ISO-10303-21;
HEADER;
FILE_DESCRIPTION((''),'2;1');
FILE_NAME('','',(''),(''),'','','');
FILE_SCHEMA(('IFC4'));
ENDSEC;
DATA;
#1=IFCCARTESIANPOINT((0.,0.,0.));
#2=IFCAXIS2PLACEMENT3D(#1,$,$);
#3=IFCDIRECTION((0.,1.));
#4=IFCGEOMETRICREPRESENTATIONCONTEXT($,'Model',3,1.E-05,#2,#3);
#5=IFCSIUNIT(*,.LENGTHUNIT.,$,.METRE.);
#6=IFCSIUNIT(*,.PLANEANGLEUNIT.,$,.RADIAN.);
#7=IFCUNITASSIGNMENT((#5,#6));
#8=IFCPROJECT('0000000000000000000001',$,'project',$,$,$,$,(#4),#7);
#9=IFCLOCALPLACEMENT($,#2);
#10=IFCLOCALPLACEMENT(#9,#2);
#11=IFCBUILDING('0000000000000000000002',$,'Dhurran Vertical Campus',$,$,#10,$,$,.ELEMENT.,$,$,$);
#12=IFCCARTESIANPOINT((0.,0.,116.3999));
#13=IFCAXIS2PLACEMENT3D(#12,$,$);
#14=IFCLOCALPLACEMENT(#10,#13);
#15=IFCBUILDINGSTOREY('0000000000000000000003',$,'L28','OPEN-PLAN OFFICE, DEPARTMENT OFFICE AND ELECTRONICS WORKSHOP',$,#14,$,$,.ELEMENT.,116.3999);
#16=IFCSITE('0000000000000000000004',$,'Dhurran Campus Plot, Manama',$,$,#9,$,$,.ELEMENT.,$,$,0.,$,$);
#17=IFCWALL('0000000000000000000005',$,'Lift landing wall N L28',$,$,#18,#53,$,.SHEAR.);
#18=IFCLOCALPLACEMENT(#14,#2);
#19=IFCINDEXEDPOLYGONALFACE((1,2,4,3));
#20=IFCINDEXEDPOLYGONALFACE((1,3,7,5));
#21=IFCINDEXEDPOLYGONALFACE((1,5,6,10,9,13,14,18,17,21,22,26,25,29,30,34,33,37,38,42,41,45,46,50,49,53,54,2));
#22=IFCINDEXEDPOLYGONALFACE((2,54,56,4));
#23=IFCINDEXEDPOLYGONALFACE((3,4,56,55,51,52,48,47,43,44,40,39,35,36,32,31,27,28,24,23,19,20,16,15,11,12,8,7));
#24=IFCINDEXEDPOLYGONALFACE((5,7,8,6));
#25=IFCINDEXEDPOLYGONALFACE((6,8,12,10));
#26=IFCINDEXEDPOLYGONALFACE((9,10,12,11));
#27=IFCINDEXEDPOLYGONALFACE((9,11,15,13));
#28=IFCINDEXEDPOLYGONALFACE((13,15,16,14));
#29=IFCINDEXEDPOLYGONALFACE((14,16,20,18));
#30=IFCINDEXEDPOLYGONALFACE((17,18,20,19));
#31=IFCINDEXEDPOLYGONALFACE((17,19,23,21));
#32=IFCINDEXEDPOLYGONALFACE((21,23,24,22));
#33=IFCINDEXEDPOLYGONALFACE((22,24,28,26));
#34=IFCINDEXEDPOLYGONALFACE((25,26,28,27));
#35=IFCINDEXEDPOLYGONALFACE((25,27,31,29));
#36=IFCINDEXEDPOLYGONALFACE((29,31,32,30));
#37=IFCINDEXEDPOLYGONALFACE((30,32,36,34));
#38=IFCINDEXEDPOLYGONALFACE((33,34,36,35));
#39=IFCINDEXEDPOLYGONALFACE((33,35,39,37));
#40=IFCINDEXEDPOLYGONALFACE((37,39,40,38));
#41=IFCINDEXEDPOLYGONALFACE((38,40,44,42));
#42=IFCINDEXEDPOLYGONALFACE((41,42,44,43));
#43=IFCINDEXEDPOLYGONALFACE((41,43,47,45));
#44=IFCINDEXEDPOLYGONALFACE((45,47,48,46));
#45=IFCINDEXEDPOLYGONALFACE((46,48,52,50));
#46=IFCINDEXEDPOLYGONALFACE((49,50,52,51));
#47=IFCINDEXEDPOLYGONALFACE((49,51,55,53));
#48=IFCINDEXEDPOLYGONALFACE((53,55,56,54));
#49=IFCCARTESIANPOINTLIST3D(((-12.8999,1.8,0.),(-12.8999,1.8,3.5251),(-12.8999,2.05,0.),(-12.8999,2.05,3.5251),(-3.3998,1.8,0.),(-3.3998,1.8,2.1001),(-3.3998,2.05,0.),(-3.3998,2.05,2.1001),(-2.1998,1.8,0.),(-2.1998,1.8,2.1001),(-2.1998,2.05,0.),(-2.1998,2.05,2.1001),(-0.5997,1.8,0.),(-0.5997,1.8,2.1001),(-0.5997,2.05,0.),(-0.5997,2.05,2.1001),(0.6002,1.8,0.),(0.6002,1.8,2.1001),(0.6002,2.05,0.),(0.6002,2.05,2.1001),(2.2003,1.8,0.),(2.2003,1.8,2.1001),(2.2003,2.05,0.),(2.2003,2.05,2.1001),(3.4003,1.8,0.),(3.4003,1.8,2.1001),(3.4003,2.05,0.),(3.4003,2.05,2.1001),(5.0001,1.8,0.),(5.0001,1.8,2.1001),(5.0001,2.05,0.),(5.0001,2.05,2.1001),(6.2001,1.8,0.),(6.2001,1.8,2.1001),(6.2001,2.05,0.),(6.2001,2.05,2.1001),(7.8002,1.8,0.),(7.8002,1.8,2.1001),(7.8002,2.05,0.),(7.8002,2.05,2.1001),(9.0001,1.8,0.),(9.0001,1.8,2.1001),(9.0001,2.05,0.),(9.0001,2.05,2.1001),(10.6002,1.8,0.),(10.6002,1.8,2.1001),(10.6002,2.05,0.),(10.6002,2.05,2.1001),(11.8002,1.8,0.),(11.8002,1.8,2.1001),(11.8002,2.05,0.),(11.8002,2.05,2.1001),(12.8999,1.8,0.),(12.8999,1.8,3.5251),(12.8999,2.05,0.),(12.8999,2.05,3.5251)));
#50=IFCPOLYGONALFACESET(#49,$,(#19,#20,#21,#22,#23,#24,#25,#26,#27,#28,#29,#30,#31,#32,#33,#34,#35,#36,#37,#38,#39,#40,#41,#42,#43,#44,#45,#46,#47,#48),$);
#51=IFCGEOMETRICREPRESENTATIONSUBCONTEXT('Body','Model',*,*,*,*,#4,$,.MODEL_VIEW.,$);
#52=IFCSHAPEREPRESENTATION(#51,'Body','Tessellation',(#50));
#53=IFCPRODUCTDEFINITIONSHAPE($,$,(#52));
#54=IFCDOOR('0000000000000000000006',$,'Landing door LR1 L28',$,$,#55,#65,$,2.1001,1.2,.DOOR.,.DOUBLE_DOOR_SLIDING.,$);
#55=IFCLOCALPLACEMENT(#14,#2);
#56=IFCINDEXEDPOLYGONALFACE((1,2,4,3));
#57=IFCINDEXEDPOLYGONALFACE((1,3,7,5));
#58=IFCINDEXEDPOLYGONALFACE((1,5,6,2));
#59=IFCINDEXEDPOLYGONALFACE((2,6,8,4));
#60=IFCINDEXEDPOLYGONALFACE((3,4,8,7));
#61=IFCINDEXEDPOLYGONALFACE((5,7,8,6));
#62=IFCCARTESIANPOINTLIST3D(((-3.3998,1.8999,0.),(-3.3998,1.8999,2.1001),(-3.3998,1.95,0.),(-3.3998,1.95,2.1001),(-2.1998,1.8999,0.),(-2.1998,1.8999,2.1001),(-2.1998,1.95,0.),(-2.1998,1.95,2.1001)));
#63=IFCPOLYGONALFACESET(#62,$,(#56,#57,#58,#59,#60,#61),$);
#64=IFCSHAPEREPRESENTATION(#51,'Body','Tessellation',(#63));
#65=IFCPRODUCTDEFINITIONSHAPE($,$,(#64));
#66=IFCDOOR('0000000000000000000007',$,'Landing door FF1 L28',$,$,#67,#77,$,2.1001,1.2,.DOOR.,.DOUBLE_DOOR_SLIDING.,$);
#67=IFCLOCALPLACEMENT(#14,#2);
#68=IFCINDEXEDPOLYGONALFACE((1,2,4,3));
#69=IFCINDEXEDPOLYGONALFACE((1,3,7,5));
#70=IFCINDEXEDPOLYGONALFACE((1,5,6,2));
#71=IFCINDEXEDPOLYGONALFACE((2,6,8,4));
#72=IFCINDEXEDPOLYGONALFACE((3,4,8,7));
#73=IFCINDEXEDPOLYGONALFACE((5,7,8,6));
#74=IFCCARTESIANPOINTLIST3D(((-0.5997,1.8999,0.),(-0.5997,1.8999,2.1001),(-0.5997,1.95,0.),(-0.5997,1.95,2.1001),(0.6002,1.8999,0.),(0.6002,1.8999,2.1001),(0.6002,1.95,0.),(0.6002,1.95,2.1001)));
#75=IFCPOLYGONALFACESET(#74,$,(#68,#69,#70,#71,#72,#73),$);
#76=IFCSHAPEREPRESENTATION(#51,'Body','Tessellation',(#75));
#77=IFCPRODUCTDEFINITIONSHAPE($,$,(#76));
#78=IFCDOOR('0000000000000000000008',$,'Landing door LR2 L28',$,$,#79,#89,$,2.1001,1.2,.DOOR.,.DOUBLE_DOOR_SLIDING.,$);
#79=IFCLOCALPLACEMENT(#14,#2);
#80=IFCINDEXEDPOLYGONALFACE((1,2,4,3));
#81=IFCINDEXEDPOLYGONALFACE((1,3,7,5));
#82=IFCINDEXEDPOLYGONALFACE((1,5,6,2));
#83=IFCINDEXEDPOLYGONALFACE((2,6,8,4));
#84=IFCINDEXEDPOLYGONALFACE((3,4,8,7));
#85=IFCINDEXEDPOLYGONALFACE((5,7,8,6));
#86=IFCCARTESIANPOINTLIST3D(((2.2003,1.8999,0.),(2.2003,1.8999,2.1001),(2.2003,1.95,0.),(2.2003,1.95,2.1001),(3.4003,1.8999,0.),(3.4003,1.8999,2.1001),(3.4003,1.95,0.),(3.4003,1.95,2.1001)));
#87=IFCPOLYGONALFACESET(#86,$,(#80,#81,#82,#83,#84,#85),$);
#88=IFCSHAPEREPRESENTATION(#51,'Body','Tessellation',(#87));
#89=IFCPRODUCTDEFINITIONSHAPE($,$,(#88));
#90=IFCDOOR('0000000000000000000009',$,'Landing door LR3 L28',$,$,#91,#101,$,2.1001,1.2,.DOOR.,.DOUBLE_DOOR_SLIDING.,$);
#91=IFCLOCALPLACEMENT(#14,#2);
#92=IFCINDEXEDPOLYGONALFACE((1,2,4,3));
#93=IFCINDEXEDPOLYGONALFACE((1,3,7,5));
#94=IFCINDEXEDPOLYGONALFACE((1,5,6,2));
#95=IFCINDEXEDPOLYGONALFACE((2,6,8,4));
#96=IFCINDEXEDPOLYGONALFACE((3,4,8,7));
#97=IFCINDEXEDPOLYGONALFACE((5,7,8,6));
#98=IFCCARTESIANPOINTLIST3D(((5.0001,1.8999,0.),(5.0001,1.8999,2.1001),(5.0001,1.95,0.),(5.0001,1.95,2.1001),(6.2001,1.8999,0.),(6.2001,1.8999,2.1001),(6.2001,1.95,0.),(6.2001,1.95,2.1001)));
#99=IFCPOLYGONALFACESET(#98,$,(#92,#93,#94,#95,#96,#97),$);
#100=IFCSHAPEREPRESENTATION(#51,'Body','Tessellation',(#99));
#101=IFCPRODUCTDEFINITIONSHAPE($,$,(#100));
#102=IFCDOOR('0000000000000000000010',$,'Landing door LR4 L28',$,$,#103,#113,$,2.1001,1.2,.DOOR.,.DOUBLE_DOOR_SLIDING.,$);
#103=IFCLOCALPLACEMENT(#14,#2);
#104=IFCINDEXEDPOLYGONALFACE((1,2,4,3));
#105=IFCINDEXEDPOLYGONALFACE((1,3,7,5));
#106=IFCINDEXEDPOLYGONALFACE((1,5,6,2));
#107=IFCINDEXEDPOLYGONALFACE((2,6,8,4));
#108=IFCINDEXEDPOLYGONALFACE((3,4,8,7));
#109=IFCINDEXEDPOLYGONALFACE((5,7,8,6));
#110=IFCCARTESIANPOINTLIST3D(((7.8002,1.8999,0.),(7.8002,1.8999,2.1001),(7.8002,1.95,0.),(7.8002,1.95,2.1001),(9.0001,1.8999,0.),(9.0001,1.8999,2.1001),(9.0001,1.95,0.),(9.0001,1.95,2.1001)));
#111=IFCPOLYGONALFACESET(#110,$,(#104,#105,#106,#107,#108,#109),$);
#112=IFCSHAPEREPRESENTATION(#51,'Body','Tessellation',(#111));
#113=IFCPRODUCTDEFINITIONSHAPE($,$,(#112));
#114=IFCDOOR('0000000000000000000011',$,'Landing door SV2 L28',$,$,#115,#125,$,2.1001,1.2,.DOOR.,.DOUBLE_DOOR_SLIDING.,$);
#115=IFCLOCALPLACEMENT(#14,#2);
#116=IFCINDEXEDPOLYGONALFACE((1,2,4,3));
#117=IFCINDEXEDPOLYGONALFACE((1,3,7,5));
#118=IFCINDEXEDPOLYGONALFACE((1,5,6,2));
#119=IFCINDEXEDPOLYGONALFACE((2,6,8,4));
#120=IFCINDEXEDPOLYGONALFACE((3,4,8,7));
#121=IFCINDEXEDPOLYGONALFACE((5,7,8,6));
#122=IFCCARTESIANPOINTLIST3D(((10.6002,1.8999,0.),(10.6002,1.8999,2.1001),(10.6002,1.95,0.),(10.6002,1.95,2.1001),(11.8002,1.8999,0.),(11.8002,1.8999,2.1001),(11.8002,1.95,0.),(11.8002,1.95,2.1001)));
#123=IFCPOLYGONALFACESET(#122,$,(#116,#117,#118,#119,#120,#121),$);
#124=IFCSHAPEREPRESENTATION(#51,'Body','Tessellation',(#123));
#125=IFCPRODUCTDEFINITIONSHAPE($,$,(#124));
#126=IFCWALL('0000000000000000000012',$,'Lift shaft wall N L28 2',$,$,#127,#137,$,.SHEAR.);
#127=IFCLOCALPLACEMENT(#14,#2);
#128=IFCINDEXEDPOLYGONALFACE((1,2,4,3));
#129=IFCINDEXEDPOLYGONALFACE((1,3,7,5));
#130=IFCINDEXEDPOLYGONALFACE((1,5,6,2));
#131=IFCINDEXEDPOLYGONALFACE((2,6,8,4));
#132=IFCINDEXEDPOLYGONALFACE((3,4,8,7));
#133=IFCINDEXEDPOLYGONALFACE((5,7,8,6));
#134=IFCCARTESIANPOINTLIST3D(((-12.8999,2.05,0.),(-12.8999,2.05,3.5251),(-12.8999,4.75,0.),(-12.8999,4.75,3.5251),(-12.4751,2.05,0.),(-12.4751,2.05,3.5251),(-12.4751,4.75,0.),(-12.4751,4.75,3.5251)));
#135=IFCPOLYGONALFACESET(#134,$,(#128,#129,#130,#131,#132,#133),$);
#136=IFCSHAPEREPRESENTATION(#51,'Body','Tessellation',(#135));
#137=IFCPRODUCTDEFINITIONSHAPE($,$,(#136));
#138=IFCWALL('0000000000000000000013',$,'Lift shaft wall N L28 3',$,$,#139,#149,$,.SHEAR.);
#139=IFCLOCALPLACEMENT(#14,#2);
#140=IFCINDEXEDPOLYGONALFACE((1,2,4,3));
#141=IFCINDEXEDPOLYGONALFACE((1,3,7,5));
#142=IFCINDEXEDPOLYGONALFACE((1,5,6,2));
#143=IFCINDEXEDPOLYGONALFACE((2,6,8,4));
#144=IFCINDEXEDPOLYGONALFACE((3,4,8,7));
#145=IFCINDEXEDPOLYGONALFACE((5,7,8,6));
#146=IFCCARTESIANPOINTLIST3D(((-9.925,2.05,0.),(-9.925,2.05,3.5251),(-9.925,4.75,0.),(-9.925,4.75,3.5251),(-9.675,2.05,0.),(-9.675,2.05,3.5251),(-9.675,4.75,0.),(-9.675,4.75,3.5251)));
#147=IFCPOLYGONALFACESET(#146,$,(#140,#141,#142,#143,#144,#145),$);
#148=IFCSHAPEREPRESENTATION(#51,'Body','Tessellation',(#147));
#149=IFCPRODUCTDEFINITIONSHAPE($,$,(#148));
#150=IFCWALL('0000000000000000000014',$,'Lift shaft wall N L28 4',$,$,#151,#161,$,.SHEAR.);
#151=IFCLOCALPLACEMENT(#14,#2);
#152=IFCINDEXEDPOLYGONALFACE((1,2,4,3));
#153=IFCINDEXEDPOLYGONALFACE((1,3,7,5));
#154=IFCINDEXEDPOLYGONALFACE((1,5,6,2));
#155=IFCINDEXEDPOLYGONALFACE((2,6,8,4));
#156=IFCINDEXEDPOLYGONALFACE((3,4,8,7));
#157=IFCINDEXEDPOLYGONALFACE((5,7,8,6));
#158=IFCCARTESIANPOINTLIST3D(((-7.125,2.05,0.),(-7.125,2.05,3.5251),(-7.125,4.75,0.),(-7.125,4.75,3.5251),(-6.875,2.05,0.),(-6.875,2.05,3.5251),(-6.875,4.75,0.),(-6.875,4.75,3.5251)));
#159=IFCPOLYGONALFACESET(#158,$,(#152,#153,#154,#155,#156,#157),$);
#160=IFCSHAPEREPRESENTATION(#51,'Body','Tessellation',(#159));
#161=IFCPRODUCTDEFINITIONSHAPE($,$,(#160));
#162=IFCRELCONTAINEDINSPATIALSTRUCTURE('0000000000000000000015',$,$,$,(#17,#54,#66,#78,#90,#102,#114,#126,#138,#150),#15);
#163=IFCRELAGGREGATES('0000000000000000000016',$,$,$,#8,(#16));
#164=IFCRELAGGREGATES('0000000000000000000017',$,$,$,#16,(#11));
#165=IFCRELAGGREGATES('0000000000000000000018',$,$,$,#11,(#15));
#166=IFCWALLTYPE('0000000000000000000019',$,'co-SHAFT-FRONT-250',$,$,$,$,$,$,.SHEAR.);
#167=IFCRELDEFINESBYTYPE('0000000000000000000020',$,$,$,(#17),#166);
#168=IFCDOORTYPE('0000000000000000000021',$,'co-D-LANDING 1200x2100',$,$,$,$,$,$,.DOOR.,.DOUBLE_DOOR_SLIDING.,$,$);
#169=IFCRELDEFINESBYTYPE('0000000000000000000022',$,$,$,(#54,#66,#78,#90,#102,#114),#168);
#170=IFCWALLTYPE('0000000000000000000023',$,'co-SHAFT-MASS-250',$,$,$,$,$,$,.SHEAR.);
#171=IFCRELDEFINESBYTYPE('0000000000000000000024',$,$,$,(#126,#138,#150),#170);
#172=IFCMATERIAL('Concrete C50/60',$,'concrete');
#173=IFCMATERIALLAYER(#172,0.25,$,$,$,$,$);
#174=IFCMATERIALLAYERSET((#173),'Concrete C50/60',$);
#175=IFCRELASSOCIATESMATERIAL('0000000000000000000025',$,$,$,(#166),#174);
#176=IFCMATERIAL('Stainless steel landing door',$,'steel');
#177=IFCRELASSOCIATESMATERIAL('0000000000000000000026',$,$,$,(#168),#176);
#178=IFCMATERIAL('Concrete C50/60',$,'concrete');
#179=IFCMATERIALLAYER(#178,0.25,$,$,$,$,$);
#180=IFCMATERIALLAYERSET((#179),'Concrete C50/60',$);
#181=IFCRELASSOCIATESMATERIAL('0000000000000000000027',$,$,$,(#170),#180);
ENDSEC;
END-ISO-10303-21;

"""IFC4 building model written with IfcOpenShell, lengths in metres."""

from ifc_helpers import new_model, si_unit, direction, frame, frame_2d, origin, place, context, subcontext, project, spatial, polyline, rectangle, outline, extrude, material, layer, layer_set, type_object, element, fill, save


model = new_model("IFC4")

# Units and contexts
model_context = context("Model", 3, precision=1e-05, world=origin(), true_north=direction((0.0, 1.0)))
body_context = subcontext(model_context, "Body", "Model", "MODEL_VIEW")
ifc_project = project(units=[si_unit("LENGTHUNIT", "METRE"), si_unit("PLANEANGLEUNIT", "RADIAN")], contexts=[model_context])

# Site, building, storey
site_placement = place(None, origin())
site = spatial("IfcSite", under=ifc_project, at=site_placement, Name="Dhurran Campus Plot, Manama", CompositionType="ELEMENT", RefElevation=0.0)
building_placement = place(site_placement, origin())
building = spatial("IfcBuilding", under=site, at=building_placement, Name="Dhurran Vertical Campus", CompositionType="ELEMENT")
storey_placement = place(building_placement, frame((0.0, 0.0, 116.3999)))
storey = spatial("IfcBuildingStorey", under=building, at=storey_placement, Name="L28", Description="OPEN-PLAN OFFICE, DEPARTMENT OFFICE AND ELECTRONICS WORKSHOP", CompositionType="ELEMENT", Elevation=116.3999)

# Wall, openings, doors
ifc_material_1 = material(Name="Concrete C50/60", Category="concrete")
ifc_layer_1 = layer(ifc_material_1, 0.25)
ifc_layer_set_1 = layer_set([ifc_layer_1], Name="Concrete C50/60")
wall_type_1 = type_object("IfcWallType", Name="co-SHAFT-FRONT-250", PredefinedType="SHEAR", material=ifc_layer_set_1)
wall_1_placement = place(storey_placement, frame((-12.8999, 1.925, 0.0), z_axis=(0.0, 0.0, 1.0), x_axis=(1.0, 0.0, 0.0)))
wall_1 = element("IfcWall", 1, at=wall_1_placement, inside=storey, type_object=wall_type_1, Name="Lift landing wall N L28", PredefinedType="SHEAR", context=body_context, shape_type="SweptSolid", body=[
    extrude(rectangle(XDim=25.7998, YDim=0.25, at=frame_2d((12.8999, 0.0))), origin(), (0.0, 0.0, 1.0), 3.5251),
])
opening_1_placement = place(wall_1_placement, frame((9.5, 0.0, 0.0)))
opening_1 = element("IfcOpeningElement", 2, at=opening_1_placement, cuts=wall_1, PredefinedType="OPENING", context=body_context, shape_type="SweptSolid", body=[
    extrude(rectangle(XDim=1.2, YDim=2.1001, at=frame_2d((0.6001, 1.05))), frame((0.0, 0.135, 0.0), z_axis=(0.0, -1.0, 0.0), x_axis=(1.0, 0.0, 0.0)), (0.0, 0.0, 1.0), 0.27),
])
opening_2_placement = place(wall_1_placement, frame((12.3, 0.0, 0.0)))
opening_2 = element("IfcOpeningElement", 3, at=opening_2_placement, cuts=wall_1, PredefinedType="OPENING", context=body_context, shape_type="SweptSolid", body=[
    extrude(rectangle(XDim=1.2, YDim=2.1001, at=frame_2d((0.6001, 1.05))), frame((0.0, 0.135, 0.0), z_axis=(0.0, -1.0, 0.0), x_axis=(1.0, 0.0, 0.0)), (0.0, 0.0, 1.0), 0.27),
])
opening_3_placement = place(wall_1_placement, frame((15.1001, 0.0, 0.0)))
opening_3 = element("IfcOpeningElement", 4, at=opening_3_placement, cuts=wall_1, PredefinedType="OPENING", context=body_context, shape_type="SweptSolid", body=[
    extrude(rectangle(XDim=1.2, YDim=2.1001, at=frame_2d((0.6001, 1.05))), frame((0.0, 0.135, 0.0), z_axis=(0.0, -1.0, 0.0), x_axis=(1.0, 0.0, 0.0)), (0.0, 0.0, 1.0), 0.27),
])
opening_4_placement = place(wall_1_placement, frame((17.8999, 0.0, 0.0)))
opening_4 = element("IfcOpeningElement", 5, at=opening_4_placement, cuts=wall_1, PredefinedType="OPENING", context=body_context, shape_type="SweptSolid", body=[
    extrude(rectangle(XDim=1.2, YDim=2.1001, at=frame_2d((0.6001, 1.05))), frame((0.0, 0.135, 0.0), z_axis=(0.0, -1.0, 0.0), x_axis=(1.0, 0.0, 0.0)), (0.0, 0.0, 1.0), 0.27),
])
opening_5_placement = place(wall_1_placement, frame((20.7, 0.0, 0.0)))
opening_5 = element("IfcOpeningElement", 6, at=opening_5_placement, cuts=wall_1, PredefinedType="OPENING", context=body_context, shape_type="SweptSolid", body=[
    extrude(rectangle(XDim=1.2, YDim=2.1001, at=frame_2d((0.6001, 1.05))), frame((0.0, 0.135, 0.0), z_axis=(0.0, -1.0, 0.0), x_axis=(1.0, 0.0, 0.0)), (0.0, 0.0, 1.0), 0.27),
])
opening_6_placement = place(wall_1_placement, frame((23.5, 0.0, 0.0)))
opening_6 = element("IfcOpeningElement", 7, at=opening_6_placement, cuts=wall_1, PredefinedType="OPENING", context=body_context, shape_type="SweptSolid", body=[
    extrude(rectangle(XDim=1.2, YDim=2.1001, at=frame_2d((0.6001, 1.05))), frame((0.0, 0.135, 0.0), z_axis=(0.0, -1.0, 0.0), x_axis=(1.0, 0.0, 0.0)), (0.0, 0.0, 1.0), 0.27),
])
ifc_material_2 = material(Name="Stainless steel landing door", Category="steel")
door_type_1 = type_object("IfcDoorType", Name="co-D-LANDING 1200x2100", OperationType="DOUBLE_DOOR_SLIDING", PredefinedType="DOOR", material=ifc_material_2)
door_1_placement = place(opening_1_placement, origin())
door_1 = element("IfcDoor", 8, at=door_1_placement, inside=storey, type_object=door_type_1, Name="Landing door LR1 L28", OperationType="DOUBLE_DOOR_SLIDING", OverallHeight=2.1001, OverallWidth=1.2, PredefinedType="DOOR", context=body_context, shape_type="SweptSolid", body=[
    extrude(rectangle(XDim=1.2, YDim=2.1001, at=frame_2d((0.6001, 1.05))), frame((0.0, 0.0249, 0.0), z_axis=(0.0, -1.0, 0.0), x_axis=(1.0, 0.0, 0.0)), (0.0, 0.0, 1.0), 0.05),
])
fill(opening_1, door_1)
door_2_placement = place(opening_2_placement, origin())
door_2 = element("IfcDoor", 9, at=door_2_placement, inside=storey, type_object=door_type_1, Name="Landing door FF1 L28", OperationType="DOUBLE_DOOR_SLIDING", OverallHeight=2.1001, OverallWidth=1.2, PredefinedType="DOOR", context=body_context, shape_type="SweptSolid", body=[
    extrude(rectangle(XDim=1.2, YDim=2.1001, at=frame_2d((0.6001, 1.05))), frame((0.0, 0.0249, 0.0), z_axis=(0.0, -1.0, 0.0), x_axis=(1.0, 0.0, 0.0)), (0.0, 0.0, 1.0), 0.05),
])
fill(opening_2, door_2)
door_3_placement = place(opening_3_placement, origin())
door_3 = element("IfcDoor", 10, at=door_3_placement, inside=storey, type_object=door_type_1, Name="Landing door LR2 L28", OperationType="DOUBLE_DOOR_SLIDING", OverallHeight=2.1001, OverallWidth=1.2, PredefinedType="DOOR", context=body_context, shape_type="SweptSolid", body=[
    extrude(rectangle(XDim=1.2, YDim=2.1001, at=frame_2d((0.6001, 1.05))), frame((0.0, 0.0249, 0.0), z_axis=(0.0, -1.0, 0.0), x_axis=(1.0, 0.0, 0.0)), (0.0, 0.0, 1.0), 0.05),
])
fill(opening_3, door_3)
door_4_placement = place(opening_4_placement, origin())
door_4 = element("IfcDoor", 11, at=door_4_placement, inside=storey, type_object=door_type_1, Name="Landing door LR3 L28", OperationType="DOUBLE_DOOR_SLIDING", OverallHeight=2.1001, OverallWidth=1.2, PredefinedType="DOOR", context=body_context, shape_type="SweptSolid", body=[
    extrude(rectangle(XDim=1.2, YDim=2.1001, at=frame_2d((0.6001, 1.05))), frame((0.0, 0.0249, 0.0), z_axis=(0.0, -1.0, 0.0), x_axis=(1.0, 0.0, 0.0)), (0.0, 0.0, 1.0), 0.05),
])
fill(opening_4, door_4)
door_5_placement = place(opening_5_placement, origin())
door_5 = element("IfcDoor", 12, at=door_5_placement, inside=storey, type_object=door_type_1, Name="Landing door LR4 L28", OperationType="DOUBLE_DOOR_SLIDING", OverallHeight=2.1001, OverallWidth=1.2, PredefinedType="DOOR", context=body_context, shape_type="SweptSolid", body=[
    extrude(rectangle(XDim=1.2, YDim=2.1001, at=frame_2d((0.6001, 1.05))), frame((0.0, 0.0249, 0.0), z_axis=(0.0, -1.0, 0.0), x_axis=(1.0, 0.0, 0.0)), (0.0, 0.0, 1.0), 0.05),
])
fill(opening_5, door_5)
door_6_placement = place(opening_6_placement, origin())
door_6 = element("IfcDoor", 13, at=door_6_placement, inside=storey, type_object=door_type_1, Name="Landing door SV2 L28", OperationType="DOUBLE_DOOR_SLIDING", OverallHeight=2.1001, OverallWidth=1.2, PredefinedType="DOOR", context=body_context, shape_type="SweptSolid", body=[
    extrude(rectangle(XDim=1.2, YDim=2.1001, at=frame_2d((0.6001, 1.05))), frame((0.0, 0.0249, 0.0), z_axis=(0.0, -1.0, 0.0), x_axis=(1.0, 0.0, 0.0)), (0.0, 0.0, 1.0), 0.05),
])
fill(opening_6, door_6)

# Walls
ifc_material_3 = material(Name="Concrete C50/60", Category="concrete")
ifc_layer_2 = layer(ifc_material_3, 0.25)
ifc_layer_set_2 = layer_set([ifc_layer_2], Name="Concrete C50/60")
wall_type_2 = type_object("IfcWallType", Name="co-SHAFT-MASS-250", PredefinedType="SHEAR", material=ifc_layer_set_2)
wall_2_placement = place(storey_placement, origin())
element("IfcWall", 14, at=wall_2_placement, inside=storey, type_object=wall_type_2, Name="Lift shaft wall N L28 2", PredefinedType="SHEAR", context=body_context, shape_type="SweptSolid", body=[
    extrude(outline(polyline([(-12.8999, 2.05), (-12.4751, 2.05), (-12.4751, 4.75), (-12.8999, 4.75), (-12.8999, 2.05)])), origin(), (0.0, 0.0, 1.0), 3.5251),
])
wall_3_placement = place(storey_placement, origin())
element("IfcWall", 15, at=wall_3_placement, inside=storey, type_object=wall_type_2, Name="Lift shaft wall N L28 3", PredefinedType="SHEAR", context=body_context, shape_type="SweptSolid", body=[
    extrude(outline(polyline([(-9.925, 2.05), (-9.675, 2.05), (-9.675, 4.75), (-9.925, 4.75), (-9.925, 2.05)])), origin(), (0.0, 0.0, 1.0), 3.5251),
])
wall_4_placement = place(storey_placement, origin())
element("IfcWall", 16, at=wall_4_placement, inside=storey, type_object=wall_type_2, Name="Lift shaft wall N L28 4", PredefinedType="SHEAR", context=body_context, shape_type="SweptSolid", body=[
    extrude(outline(polyline([(-7.125, 2.05), (-6.875, 2.05), (-6.875, 4.75), (-7.125, 4.75), (-7.125, 2.05)])), origin(), (0.0, 0.0, 1.0), 3.5251),
])

save(model, "model.ifc")
